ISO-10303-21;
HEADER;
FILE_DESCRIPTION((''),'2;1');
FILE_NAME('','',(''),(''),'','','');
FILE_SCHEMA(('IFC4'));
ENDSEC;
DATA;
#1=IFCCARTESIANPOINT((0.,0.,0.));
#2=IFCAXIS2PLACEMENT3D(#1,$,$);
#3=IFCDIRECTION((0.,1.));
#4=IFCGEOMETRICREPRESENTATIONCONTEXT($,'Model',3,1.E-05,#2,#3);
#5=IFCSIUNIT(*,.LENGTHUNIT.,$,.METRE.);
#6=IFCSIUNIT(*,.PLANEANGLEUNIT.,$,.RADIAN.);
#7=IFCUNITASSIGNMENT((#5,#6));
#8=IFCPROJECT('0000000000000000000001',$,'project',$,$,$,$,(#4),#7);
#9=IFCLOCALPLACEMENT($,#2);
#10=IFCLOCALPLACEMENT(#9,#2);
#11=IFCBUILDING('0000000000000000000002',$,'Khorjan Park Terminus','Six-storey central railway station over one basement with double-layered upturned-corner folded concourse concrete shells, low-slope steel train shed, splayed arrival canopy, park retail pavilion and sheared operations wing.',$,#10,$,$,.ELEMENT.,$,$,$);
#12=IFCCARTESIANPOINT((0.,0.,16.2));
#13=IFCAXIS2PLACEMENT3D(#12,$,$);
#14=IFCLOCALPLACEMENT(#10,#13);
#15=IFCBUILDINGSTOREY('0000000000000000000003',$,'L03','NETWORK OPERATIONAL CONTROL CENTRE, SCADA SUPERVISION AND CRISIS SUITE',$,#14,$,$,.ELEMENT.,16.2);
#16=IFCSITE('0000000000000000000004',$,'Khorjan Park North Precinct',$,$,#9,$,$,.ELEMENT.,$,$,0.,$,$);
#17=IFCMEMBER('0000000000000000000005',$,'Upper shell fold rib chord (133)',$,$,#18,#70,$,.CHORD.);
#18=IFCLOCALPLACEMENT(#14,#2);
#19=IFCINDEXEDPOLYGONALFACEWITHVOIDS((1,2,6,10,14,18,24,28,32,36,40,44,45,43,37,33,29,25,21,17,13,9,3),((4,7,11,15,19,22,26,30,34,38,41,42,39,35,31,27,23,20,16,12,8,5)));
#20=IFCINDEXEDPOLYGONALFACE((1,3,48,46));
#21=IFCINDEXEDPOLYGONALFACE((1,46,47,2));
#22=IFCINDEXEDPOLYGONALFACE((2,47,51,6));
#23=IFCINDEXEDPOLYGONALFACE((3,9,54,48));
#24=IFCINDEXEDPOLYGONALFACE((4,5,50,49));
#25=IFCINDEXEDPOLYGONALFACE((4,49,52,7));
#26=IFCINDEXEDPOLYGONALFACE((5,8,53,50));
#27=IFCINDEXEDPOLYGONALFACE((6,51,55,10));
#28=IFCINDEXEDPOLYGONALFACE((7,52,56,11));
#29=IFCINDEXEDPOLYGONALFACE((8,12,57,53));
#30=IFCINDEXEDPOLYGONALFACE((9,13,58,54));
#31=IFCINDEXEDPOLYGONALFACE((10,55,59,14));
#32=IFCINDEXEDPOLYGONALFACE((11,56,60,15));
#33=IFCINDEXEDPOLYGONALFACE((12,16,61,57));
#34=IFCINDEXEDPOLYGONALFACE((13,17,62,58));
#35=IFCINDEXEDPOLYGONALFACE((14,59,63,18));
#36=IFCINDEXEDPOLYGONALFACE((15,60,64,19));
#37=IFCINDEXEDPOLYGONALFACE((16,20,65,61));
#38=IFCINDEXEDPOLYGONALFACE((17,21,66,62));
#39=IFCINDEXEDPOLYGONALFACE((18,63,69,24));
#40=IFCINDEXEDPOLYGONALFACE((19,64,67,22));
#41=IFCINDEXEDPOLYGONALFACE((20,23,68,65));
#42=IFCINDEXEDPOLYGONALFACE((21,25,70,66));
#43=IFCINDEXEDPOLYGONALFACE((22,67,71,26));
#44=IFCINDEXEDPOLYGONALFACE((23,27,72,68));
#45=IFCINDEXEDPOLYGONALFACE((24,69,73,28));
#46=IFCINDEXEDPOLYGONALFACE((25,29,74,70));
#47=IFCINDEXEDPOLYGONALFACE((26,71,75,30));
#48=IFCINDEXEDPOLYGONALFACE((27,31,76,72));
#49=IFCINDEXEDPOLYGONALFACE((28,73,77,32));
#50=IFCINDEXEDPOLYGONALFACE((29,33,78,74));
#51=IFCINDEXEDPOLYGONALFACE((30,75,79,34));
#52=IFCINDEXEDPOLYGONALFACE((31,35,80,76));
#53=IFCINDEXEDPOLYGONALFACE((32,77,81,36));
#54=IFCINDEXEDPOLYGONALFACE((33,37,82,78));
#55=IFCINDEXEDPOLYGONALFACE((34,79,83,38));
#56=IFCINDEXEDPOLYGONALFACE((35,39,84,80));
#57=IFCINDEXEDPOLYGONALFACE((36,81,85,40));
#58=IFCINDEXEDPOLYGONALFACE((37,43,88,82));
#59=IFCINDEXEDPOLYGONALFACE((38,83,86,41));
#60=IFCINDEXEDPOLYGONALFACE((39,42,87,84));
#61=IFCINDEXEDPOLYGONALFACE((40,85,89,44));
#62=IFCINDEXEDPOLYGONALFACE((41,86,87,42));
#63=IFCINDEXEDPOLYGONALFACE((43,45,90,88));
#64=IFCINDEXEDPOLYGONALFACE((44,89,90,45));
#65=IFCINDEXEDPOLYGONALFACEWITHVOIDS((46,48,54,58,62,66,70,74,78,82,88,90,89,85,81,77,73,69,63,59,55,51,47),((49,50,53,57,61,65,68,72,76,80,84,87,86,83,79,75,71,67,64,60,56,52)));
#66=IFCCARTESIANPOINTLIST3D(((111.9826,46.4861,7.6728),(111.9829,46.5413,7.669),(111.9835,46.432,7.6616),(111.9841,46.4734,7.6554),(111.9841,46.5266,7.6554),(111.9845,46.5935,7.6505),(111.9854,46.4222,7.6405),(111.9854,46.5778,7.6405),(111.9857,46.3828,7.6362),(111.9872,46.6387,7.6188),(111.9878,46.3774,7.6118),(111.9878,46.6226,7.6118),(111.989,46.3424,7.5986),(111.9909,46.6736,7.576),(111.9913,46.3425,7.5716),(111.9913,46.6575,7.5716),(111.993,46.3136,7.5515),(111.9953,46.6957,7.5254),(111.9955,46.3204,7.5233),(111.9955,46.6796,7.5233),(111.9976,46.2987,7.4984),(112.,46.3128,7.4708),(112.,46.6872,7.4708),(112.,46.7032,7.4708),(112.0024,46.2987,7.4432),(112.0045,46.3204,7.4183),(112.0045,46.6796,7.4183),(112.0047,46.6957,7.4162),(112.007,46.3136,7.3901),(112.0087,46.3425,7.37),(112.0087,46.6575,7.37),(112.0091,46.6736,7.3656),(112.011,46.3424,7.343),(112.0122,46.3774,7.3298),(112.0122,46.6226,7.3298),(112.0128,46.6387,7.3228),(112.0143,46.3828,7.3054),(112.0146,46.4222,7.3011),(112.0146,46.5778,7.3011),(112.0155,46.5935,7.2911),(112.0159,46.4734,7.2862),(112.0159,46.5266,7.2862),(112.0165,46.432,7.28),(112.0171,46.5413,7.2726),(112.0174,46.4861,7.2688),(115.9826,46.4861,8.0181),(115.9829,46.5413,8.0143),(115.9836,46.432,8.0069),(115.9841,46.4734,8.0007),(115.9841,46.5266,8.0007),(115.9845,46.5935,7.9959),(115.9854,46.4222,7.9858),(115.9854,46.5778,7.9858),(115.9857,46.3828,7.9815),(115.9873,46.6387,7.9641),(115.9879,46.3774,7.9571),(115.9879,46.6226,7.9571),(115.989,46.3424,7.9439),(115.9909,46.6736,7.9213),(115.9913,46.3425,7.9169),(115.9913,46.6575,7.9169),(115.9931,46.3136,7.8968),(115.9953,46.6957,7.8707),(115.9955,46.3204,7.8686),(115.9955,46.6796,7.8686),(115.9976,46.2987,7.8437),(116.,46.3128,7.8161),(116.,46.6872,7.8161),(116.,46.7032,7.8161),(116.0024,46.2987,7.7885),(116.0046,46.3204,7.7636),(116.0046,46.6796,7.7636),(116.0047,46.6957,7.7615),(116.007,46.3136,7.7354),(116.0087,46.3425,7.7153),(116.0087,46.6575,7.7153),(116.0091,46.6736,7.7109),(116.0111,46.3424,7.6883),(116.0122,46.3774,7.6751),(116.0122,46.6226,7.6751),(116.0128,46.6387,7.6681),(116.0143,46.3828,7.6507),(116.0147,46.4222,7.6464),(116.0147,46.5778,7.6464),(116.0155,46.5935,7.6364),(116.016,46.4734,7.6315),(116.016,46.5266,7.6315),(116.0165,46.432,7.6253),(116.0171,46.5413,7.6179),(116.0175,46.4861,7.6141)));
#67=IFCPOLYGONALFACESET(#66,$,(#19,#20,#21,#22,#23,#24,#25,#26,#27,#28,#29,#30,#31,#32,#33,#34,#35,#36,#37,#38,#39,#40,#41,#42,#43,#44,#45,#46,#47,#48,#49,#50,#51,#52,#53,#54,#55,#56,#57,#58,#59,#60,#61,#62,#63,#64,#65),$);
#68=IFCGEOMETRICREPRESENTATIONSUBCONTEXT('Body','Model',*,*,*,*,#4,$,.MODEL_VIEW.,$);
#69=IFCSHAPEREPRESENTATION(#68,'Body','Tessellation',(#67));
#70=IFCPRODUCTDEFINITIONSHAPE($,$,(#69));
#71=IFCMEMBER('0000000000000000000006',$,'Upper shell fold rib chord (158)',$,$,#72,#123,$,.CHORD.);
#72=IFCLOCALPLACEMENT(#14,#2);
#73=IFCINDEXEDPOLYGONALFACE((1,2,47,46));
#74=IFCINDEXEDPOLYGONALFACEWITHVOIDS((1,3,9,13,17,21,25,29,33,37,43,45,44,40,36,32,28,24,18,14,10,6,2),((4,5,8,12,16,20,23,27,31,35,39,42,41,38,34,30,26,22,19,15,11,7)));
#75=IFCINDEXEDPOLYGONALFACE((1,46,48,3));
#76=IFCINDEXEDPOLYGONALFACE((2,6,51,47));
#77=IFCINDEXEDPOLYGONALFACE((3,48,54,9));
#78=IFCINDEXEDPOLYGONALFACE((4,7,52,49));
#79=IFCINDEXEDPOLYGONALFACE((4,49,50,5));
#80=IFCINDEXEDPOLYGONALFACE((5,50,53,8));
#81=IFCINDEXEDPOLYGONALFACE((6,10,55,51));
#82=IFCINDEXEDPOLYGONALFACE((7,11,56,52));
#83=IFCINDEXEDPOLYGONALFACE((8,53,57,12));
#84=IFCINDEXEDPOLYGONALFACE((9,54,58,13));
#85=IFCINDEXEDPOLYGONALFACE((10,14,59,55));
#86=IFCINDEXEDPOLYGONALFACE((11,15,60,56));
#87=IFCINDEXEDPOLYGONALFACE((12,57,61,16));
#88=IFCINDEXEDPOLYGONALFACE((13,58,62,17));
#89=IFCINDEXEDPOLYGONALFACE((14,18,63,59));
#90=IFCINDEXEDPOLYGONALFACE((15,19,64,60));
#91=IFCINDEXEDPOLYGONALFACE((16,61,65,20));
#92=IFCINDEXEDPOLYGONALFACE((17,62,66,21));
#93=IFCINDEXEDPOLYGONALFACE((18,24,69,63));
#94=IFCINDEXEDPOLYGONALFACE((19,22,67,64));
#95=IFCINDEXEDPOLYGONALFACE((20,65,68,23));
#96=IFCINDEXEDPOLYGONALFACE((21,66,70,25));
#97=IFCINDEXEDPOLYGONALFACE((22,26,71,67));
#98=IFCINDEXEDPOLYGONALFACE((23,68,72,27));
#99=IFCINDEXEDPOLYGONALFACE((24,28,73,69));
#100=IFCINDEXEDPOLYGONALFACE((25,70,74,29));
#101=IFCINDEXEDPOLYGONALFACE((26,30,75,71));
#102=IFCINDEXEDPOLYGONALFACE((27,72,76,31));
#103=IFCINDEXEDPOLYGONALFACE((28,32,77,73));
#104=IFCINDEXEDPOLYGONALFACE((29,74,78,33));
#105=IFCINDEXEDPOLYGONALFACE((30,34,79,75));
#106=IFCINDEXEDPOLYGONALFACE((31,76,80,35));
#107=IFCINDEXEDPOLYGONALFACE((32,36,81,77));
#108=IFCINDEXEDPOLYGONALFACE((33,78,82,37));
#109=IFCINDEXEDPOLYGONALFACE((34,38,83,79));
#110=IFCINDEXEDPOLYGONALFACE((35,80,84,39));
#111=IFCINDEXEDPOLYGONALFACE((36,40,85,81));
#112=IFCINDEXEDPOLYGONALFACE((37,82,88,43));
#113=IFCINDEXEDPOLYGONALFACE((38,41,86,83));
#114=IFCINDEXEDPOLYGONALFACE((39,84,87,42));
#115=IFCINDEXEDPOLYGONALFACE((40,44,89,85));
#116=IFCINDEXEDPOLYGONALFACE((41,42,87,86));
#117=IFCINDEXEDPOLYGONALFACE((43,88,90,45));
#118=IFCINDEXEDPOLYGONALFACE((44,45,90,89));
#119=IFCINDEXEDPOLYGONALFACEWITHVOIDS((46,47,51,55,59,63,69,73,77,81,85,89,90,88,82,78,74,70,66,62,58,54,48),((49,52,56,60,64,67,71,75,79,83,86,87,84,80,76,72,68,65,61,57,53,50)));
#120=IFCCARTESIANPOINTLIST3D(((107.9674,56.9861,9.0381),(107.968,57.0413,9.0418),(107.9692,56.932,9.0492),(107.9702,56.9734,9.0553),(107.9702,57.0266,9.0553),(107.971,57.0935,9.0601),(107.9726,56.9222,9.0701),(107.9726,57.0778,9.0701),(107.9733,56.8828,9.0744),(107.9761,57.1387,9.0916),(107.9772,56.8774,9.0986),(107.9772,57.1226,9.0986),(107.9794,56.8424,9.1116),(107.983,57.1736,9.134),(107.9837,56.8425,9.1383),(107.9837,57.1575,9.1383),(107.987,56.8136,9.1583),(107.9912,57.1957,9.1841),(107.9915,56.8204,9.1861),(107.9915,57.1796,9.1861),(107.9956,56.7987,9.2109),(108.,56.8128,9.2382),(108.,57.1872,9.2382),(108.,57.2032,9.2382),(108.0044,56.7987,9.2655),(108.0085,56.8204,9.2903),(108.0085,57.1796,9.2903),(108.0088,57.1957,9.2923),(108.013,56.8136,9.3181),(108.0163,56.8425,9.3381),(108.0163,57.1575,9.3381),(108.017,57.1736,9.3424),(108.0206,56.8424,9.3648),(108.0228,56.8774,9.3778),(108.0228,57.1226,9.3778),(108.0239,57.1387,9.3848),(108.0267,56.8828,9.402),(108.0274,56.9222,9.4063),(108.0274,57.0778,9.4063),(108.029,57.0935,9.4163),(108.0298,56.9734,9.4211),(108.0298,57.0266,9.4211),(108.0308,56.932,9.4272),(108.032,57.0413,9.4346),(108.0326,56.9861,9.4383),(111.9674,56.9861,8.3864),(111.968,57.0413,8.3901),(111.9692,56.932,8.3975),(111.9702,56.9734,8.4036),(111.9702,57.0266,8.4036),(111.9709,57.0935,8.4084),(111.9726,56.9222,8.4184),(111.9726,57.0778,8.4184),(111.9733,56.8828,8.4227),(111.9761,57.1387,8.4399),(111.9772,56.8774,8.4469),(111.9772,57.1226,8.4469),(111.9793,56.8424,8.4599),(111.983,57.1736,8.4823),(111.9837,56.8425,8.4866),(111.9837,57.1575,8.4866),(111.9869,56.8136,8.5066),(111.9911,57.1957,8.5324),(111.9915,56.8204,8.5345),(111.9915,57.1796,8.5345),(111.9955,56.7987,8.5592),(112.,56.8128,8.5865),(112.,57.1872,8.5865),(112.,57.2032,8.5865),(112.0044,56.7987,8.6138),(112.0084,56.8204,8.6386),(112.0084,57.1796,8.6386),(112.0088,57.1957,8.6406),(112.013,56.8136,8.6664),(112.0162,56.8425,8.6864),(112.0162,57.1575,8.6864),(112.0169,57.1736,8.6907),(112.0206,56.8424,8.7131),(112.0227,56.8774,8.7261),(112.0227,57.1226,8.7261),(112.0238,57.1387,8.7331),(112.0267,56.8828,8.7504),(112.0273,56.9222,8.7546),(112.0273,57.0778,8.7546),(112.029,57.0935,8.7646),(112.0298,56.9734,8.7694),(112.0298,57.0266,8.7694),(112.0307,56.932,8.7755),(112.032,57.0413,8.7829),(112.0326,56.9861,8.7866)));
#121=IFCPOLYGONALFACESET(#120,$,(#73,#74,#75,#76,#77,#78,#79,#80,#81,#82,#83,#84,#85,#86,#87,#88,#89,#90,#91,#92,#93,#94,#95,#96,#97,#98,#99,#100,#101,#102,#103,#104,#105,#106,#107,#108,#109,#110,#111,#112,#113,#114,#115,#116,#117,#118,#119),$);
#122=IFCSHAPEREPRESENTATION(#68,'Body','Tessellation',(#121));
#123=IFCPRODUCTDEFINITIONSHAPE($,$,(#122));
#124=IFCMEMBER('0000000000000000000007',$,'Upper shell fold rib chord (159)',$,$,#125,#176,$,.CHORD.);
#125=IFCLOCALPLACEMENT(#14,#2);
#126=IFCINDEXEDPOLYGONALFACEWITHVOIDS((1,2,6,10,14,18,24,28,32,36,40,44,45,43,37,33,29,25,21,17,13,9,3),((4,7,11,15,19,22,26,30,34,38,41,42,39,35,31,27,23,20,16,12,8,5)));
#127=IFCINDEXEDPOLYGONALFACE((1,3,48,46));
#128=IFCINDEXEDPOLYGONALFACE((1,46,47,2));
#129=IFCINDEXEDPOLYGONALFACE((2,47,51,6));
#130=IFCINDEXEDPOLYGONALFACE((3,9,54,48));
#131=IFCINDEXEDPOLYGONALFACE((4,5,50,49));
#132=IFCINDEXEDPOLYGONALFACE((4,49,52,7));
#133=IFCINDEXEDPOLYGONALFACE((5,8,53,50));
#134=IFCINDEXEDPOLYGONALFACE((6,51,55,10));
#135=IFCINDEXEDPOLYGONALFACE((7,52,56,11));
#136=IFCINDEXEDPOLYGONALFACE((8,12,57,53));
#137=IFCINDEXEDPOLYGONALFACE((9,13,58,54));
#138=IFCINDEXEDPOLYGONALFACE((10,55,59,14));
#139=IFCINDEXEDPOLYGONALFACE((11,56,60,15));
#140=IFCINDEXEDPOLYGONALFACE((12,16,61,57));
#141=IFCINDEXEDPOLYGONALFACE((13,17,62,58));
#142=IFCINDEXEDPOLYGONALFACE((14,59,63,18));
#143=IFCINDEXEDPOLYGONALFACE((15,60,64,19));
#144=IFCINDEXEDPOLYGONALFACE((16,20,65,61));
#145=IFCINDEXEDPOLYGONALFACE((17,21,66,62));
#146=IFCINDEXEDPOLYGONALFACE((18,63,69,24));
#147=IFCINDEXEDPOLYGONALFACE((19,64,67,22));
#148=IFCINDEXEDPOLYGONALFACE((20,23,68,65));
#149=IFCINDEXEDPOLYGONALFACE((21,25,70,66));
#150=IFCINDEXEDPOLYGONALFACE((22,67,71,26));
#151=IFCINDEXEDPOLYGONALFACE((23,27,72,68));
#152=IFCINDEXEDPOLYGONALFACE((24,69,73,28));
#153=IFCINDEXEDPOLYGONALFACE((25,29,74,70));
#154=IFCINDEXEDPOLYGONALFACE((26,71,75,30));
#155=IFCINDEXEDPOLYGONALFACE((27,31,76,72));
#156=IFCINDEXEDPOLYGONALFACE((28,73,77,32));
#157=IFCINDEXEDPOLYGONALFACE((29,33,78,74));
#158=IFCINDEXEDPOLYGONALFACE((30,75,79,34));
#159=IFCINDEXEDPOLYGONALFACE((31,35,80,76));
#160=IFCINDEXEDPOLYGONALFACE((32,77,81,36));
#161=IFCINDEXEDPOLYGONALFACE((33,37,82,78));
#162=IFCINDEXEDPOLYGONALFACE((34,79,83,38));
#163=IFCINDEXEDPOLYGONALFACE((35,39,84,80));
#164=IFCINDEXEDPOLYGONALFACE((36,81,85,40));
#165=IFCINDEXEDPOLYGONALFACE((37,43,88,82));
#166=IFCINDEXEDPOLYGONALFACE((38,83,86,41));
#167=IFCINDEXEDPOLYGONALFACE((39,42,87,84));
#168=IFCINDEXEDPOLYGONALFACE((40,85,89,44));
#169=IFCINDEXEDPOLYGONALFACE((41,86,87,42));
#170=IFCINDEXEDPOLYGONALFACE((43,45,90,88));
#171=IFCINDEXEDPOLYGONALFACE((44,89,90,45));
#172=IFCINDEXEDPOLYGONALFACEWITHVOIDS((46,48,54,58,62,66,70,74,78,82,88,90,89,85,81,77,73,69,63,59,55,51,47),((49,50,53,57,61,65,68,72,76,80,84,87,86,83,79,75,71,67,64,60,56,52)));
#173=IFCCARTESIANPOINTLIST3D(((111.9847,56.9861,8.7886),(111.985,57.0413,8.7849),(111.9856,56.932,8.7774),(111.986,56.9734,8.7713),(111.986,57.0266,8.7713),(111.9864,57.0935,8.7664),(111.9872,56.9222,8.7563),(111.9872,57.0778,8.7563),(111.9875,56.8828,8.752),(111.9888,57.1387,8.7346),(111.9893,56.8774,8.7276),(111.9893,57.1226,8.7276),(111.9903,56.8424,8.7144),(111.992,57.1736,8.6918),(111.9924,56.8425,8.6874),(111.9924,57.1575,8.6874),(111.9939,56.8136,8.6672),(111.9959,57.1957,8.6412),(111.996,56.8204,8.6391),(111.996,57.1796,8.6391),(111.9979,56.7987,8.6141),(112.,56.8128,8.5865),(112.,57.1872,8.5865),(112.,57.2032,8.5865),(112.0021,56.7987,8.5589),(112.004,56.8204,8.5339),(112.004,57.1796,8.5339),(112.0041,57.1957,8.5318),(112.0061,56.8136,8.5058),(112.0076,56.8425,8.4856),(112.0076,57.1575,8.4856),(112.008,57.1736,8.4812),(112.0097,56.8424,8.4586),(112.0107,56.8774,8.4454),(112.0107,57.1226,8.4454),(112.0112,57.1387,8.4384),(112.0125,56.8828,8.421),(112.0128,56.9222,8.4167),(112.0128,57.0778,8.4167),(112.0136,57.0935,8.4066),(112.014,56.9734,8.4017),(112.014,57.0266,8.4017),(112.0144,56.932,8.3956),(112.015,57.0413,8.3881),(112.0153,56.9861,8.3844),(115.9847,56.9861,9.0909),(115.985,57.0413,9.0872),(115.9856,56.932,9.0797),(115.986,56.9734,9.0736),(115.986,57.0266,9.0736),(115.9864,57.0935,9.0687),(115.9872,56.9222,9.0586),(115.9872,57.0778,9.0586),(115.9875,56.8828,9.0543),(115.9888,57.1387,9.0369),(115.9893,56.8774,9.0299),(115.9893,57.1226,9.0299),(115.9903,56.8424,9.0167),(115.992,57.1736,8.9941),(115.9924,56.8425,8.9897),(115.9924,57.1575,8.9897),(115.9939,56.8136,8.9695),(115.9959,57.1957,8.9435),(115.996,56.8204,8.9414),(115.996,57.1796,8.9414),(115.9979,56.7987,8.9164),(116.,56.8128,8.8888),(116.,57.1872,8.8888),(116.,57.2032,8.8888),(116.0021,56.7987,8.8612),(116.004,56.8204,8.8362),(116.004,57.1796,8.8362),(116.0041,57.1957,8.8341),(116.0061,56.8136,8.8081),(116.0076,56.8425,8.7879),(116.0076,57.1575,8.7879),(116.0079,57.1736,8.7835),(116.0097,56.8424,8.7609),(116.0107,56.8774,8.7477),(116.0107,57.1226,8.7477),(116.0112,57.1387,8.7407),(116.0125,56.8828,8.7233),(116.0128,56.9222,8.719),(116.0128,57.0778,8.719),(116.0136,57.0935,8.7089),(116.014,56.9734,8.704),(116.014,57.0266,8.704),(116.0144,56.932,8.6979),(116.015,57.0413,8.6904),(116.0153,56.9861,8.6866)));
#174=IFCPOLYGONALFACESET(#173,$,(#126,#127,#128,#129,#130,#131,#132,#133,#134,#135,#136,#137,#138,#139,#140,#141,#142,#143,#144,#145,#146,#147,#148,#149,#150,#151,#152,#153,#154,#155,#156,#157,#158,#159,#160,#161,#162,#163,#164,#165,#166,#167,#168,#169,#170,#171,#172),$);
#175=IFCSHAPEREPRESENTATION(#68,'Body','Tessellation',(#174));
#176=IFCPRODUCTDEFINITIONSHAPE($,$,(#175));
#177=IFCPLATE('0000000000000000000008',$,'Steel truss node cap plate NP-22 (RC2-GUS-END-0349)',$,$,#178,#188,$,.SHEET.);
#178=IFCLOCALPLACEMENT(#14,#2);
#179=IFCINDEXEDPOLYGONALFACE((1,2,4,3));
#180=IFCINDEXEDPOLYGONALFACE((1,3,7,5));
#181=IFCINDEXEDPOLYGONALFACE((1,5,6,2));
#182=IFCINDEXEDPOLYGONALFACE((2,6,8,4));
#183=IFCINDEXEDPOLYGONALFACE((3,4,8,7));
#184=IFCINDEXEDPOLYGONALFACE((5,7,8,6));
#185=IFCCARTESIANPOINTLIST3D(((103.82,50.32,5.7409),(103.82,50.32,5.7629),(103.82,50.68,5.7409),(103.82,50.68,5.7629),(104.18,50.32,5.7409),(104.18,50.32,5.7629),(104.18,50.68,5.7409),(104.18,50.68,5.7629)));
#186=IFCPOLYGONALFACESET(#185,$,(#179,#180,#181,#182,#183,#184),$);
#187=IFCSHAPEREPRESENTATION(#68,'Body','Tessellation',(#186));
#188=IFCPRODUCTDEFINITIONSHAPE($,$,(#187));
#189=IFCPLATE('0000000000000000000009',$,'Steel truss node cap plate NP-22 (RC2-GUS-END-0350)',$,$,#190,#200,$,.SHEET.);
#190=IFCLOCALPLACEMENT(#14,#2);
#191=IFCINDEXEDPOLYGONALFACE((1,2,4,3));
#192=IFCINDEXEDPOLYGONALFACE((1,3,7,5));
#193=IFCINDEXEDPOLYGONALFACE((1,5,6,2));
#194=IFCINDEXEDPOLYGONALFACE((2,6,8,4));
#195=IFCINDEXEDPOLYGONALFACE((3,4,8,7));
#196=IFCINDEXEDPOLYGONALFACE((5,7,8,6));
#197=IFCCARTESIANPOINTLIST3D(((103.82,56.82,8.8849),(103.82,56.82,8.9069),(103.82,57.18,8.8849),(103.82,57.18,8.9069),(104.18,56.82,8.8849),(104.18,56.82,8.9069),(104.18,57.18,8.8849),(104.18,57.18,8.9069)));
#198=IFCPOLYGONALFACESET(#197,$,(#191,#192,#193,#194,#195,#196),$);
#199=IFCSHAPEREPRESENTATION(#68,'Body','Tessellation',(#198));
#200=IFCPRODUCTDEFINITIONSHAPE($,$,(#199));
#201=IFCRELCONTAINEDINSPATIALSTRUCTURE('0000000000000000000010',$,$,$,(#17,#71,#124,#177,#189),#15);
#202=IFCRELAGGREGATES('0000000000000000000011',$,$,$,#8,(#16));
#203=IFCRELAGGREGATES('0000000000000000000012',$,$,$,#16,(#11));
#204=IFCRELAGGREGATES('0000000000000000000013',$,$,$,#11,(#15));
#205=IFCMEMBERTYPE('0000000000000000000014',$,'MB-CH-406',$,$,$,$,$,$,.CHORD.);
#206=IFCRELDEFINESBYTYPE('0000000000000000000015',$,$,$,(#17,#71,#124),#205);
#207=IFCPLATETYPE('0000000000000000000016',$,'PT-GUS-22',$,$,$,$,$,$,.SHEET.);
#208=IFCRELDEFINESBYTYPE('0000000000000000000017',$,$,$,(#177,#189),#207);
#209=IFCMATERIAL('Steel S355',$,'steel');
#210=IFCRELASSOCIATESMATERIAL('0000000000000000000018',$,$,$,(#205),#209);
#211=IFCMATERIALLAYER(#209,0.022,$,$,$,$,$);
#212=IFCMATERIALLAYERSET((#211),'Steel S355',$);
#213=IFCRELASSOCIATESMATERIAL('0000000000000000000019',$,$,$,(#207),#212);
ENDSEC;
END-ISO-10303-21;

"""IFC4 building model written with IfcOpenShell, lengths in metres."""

from ifc_helpers import new_model, si_unit, direction, frame, origin, origin_2d, place, context, subcontext, project, spatial, rectangle, hollow_circle, extrude, material, layer, layer_set, material_profile, profile_set, type_object, element, save


model = new_model("IFC4")

# Units and contexts
model_context = context("Model", 3, precision=1e-05, world=origin(), true_north=direction((0.0, 1.0)))
body_context = subcontext(model_context, "Body", "Model", "MODEL_VIEW")
ifc_project = project(units=[si_unit("LENGTHUNIT", "METRE"), si_unit("PLANEANGLEUNIT", "RADIAN")], contexts=[model_context])

# Site, building, storey
site_placement = place(None, origin())
site = spatial("IfcSite", under=ifc_project, at=site_placement, Name="Khorjan Park North Precinct", CompositionType="ELEMENT", RefElevation=0.0)
building_placement = place(site_placement, origin())
building = spatial("IfcBuilding", under=site, at=building_placement, Name="Khorjan Park Terminus", Description="Six-storey central railway station over one basement with double-layered upturned-corner folded concourse concrete shells, low-slope steel train shed, splayed arrival canopy, park retail pavilion and sheared operations wing.", CompositionType="ELEMENT")
storey_placement = place(building_placement, frame((0.0, 0.0, 16.2)))
storey = spatial("IfcBuildingStorey", under=building, at=storey_placement, Name="L03", Description="NETWORK OPERATIONAL CONTROL CENTRE, SCADA SUPERVISION AND CRISIS SUITE", CompositionType="ELEMENT", Elevation=16.2)

# Members
ifc_material = material(Name="Steel S355", Category="steel")
ifc_material_profile_1 = material_profile(ifc_material, hollow_circle(Radius=0.2032, WallThickness=0.016, at=origin_2d()), Name="CHS 406.4x16")
ifc_profile_set_1 = profile_set([ifc_material_profile_1], Name="Steel S355")
member_type_1 = type_object("IfcMemberType", Name="MB-CH-406", PredefinedType="CHORD", material=ifc_profile_set_1)
member_1_placement = place(storey_placement, frame((112.0, 46.5, 7.4708), z_axis=(0.996295, 0.0, 0.086005), x_axis=(0.0, 1.0, 0.0)))
element("IfcMember", 1, at=member_1_placement, inside=storey, type_object=member_type_1, Name="Upper shell fold rib chord (133)", PredefinedType="CHORD", context=body_context, shape_type="SweptSolid", body=[
    extrude(hollow_circle(Radius=0.2032, WallThickness=0.016, at=origin_2d()), origin(), (0.0, 0.0, 1.0), 4.0149),
])
member_2_placement = place(storey_placement, frame((108.0, 57.0, 9.2382), z_axis=(0.986986, 0.0, -0.160805), x_axis=(0.0, 1.0, 0.0)))
element("IfcMember", 2, at=member_2_placement, inside=storey, type_object=member_type_1, Name="Upper shell fold rib chord (158)", PredefinedType="CHORD", context=body_context, shape_type="SweptSolid", body=[
    extrude(hollow_circle(Radius=0.2032, WallThickness=0.016, at=origin_2d()), origin(), (0.0, 0.0, 1.0), 4.0527),
])
member_3_placement = place(storey_placement, frame((112.0, 57.0, 8.5865), z_axis=(0.997156, 0.0, 0.07536), x_axis=(0.0, 1.0, 0.0)))
element("IfcMember", 3, at=member_3_placement, inside=storey, type_object=member_type_1, Name="Upper shell fold rib chord (159)", PredefinedType="CHORD", context=body_context, shape_type="SweptSolid", body=[
    extrude(hollow_circle(Radius=0.2032, WallThickness=0.016, at=origin_2d()), origin(), (0.0, 0.0, 1.0), 4.0114),
])

# Plates
ifc_layer = layer(ifc_material, 0.022)
ifc_layer_set = layer_set([ifc_layer], Name="Steel S355")
plate_type = type_object("IfcPlateType", Name="PT-GUS-22", PredefinedType="SHEET", material=ifc_layer_set)
for number, where, z_axis, x_axis, name in (
    (4, (104.0, 50.5, 5.7409), (0.0, 0.0, 1.0), (1.0, 0.0, 0.0), "Steel truss node cap plate NP-22 (RC2-GUS-END-0349)"),
    (5, (104.0, 57.0, 8.8849), (0.0, 0.0, 1.0), (1.0, 0.0, 0.0), "Steel truss node cap plate NP-22 (RC2-GUS-END-0350)"),
):
    element("IfcPlate", number, at=place(storey_placement, frame(where, z_axis=z_axis, x_axis=x_axis)), inside=storey, type_object=plate_type, Name=name, PredefinedType="SHEET", context=body_context, shape_type="SweptSolid", body=[
        extrude(rectangle(XDim=0.36, YDim=0.36, at=origin_2d()), origin(), (0.0, 0.0, 1.0), 0.022),
    ])

save(model, "model.ifc")
